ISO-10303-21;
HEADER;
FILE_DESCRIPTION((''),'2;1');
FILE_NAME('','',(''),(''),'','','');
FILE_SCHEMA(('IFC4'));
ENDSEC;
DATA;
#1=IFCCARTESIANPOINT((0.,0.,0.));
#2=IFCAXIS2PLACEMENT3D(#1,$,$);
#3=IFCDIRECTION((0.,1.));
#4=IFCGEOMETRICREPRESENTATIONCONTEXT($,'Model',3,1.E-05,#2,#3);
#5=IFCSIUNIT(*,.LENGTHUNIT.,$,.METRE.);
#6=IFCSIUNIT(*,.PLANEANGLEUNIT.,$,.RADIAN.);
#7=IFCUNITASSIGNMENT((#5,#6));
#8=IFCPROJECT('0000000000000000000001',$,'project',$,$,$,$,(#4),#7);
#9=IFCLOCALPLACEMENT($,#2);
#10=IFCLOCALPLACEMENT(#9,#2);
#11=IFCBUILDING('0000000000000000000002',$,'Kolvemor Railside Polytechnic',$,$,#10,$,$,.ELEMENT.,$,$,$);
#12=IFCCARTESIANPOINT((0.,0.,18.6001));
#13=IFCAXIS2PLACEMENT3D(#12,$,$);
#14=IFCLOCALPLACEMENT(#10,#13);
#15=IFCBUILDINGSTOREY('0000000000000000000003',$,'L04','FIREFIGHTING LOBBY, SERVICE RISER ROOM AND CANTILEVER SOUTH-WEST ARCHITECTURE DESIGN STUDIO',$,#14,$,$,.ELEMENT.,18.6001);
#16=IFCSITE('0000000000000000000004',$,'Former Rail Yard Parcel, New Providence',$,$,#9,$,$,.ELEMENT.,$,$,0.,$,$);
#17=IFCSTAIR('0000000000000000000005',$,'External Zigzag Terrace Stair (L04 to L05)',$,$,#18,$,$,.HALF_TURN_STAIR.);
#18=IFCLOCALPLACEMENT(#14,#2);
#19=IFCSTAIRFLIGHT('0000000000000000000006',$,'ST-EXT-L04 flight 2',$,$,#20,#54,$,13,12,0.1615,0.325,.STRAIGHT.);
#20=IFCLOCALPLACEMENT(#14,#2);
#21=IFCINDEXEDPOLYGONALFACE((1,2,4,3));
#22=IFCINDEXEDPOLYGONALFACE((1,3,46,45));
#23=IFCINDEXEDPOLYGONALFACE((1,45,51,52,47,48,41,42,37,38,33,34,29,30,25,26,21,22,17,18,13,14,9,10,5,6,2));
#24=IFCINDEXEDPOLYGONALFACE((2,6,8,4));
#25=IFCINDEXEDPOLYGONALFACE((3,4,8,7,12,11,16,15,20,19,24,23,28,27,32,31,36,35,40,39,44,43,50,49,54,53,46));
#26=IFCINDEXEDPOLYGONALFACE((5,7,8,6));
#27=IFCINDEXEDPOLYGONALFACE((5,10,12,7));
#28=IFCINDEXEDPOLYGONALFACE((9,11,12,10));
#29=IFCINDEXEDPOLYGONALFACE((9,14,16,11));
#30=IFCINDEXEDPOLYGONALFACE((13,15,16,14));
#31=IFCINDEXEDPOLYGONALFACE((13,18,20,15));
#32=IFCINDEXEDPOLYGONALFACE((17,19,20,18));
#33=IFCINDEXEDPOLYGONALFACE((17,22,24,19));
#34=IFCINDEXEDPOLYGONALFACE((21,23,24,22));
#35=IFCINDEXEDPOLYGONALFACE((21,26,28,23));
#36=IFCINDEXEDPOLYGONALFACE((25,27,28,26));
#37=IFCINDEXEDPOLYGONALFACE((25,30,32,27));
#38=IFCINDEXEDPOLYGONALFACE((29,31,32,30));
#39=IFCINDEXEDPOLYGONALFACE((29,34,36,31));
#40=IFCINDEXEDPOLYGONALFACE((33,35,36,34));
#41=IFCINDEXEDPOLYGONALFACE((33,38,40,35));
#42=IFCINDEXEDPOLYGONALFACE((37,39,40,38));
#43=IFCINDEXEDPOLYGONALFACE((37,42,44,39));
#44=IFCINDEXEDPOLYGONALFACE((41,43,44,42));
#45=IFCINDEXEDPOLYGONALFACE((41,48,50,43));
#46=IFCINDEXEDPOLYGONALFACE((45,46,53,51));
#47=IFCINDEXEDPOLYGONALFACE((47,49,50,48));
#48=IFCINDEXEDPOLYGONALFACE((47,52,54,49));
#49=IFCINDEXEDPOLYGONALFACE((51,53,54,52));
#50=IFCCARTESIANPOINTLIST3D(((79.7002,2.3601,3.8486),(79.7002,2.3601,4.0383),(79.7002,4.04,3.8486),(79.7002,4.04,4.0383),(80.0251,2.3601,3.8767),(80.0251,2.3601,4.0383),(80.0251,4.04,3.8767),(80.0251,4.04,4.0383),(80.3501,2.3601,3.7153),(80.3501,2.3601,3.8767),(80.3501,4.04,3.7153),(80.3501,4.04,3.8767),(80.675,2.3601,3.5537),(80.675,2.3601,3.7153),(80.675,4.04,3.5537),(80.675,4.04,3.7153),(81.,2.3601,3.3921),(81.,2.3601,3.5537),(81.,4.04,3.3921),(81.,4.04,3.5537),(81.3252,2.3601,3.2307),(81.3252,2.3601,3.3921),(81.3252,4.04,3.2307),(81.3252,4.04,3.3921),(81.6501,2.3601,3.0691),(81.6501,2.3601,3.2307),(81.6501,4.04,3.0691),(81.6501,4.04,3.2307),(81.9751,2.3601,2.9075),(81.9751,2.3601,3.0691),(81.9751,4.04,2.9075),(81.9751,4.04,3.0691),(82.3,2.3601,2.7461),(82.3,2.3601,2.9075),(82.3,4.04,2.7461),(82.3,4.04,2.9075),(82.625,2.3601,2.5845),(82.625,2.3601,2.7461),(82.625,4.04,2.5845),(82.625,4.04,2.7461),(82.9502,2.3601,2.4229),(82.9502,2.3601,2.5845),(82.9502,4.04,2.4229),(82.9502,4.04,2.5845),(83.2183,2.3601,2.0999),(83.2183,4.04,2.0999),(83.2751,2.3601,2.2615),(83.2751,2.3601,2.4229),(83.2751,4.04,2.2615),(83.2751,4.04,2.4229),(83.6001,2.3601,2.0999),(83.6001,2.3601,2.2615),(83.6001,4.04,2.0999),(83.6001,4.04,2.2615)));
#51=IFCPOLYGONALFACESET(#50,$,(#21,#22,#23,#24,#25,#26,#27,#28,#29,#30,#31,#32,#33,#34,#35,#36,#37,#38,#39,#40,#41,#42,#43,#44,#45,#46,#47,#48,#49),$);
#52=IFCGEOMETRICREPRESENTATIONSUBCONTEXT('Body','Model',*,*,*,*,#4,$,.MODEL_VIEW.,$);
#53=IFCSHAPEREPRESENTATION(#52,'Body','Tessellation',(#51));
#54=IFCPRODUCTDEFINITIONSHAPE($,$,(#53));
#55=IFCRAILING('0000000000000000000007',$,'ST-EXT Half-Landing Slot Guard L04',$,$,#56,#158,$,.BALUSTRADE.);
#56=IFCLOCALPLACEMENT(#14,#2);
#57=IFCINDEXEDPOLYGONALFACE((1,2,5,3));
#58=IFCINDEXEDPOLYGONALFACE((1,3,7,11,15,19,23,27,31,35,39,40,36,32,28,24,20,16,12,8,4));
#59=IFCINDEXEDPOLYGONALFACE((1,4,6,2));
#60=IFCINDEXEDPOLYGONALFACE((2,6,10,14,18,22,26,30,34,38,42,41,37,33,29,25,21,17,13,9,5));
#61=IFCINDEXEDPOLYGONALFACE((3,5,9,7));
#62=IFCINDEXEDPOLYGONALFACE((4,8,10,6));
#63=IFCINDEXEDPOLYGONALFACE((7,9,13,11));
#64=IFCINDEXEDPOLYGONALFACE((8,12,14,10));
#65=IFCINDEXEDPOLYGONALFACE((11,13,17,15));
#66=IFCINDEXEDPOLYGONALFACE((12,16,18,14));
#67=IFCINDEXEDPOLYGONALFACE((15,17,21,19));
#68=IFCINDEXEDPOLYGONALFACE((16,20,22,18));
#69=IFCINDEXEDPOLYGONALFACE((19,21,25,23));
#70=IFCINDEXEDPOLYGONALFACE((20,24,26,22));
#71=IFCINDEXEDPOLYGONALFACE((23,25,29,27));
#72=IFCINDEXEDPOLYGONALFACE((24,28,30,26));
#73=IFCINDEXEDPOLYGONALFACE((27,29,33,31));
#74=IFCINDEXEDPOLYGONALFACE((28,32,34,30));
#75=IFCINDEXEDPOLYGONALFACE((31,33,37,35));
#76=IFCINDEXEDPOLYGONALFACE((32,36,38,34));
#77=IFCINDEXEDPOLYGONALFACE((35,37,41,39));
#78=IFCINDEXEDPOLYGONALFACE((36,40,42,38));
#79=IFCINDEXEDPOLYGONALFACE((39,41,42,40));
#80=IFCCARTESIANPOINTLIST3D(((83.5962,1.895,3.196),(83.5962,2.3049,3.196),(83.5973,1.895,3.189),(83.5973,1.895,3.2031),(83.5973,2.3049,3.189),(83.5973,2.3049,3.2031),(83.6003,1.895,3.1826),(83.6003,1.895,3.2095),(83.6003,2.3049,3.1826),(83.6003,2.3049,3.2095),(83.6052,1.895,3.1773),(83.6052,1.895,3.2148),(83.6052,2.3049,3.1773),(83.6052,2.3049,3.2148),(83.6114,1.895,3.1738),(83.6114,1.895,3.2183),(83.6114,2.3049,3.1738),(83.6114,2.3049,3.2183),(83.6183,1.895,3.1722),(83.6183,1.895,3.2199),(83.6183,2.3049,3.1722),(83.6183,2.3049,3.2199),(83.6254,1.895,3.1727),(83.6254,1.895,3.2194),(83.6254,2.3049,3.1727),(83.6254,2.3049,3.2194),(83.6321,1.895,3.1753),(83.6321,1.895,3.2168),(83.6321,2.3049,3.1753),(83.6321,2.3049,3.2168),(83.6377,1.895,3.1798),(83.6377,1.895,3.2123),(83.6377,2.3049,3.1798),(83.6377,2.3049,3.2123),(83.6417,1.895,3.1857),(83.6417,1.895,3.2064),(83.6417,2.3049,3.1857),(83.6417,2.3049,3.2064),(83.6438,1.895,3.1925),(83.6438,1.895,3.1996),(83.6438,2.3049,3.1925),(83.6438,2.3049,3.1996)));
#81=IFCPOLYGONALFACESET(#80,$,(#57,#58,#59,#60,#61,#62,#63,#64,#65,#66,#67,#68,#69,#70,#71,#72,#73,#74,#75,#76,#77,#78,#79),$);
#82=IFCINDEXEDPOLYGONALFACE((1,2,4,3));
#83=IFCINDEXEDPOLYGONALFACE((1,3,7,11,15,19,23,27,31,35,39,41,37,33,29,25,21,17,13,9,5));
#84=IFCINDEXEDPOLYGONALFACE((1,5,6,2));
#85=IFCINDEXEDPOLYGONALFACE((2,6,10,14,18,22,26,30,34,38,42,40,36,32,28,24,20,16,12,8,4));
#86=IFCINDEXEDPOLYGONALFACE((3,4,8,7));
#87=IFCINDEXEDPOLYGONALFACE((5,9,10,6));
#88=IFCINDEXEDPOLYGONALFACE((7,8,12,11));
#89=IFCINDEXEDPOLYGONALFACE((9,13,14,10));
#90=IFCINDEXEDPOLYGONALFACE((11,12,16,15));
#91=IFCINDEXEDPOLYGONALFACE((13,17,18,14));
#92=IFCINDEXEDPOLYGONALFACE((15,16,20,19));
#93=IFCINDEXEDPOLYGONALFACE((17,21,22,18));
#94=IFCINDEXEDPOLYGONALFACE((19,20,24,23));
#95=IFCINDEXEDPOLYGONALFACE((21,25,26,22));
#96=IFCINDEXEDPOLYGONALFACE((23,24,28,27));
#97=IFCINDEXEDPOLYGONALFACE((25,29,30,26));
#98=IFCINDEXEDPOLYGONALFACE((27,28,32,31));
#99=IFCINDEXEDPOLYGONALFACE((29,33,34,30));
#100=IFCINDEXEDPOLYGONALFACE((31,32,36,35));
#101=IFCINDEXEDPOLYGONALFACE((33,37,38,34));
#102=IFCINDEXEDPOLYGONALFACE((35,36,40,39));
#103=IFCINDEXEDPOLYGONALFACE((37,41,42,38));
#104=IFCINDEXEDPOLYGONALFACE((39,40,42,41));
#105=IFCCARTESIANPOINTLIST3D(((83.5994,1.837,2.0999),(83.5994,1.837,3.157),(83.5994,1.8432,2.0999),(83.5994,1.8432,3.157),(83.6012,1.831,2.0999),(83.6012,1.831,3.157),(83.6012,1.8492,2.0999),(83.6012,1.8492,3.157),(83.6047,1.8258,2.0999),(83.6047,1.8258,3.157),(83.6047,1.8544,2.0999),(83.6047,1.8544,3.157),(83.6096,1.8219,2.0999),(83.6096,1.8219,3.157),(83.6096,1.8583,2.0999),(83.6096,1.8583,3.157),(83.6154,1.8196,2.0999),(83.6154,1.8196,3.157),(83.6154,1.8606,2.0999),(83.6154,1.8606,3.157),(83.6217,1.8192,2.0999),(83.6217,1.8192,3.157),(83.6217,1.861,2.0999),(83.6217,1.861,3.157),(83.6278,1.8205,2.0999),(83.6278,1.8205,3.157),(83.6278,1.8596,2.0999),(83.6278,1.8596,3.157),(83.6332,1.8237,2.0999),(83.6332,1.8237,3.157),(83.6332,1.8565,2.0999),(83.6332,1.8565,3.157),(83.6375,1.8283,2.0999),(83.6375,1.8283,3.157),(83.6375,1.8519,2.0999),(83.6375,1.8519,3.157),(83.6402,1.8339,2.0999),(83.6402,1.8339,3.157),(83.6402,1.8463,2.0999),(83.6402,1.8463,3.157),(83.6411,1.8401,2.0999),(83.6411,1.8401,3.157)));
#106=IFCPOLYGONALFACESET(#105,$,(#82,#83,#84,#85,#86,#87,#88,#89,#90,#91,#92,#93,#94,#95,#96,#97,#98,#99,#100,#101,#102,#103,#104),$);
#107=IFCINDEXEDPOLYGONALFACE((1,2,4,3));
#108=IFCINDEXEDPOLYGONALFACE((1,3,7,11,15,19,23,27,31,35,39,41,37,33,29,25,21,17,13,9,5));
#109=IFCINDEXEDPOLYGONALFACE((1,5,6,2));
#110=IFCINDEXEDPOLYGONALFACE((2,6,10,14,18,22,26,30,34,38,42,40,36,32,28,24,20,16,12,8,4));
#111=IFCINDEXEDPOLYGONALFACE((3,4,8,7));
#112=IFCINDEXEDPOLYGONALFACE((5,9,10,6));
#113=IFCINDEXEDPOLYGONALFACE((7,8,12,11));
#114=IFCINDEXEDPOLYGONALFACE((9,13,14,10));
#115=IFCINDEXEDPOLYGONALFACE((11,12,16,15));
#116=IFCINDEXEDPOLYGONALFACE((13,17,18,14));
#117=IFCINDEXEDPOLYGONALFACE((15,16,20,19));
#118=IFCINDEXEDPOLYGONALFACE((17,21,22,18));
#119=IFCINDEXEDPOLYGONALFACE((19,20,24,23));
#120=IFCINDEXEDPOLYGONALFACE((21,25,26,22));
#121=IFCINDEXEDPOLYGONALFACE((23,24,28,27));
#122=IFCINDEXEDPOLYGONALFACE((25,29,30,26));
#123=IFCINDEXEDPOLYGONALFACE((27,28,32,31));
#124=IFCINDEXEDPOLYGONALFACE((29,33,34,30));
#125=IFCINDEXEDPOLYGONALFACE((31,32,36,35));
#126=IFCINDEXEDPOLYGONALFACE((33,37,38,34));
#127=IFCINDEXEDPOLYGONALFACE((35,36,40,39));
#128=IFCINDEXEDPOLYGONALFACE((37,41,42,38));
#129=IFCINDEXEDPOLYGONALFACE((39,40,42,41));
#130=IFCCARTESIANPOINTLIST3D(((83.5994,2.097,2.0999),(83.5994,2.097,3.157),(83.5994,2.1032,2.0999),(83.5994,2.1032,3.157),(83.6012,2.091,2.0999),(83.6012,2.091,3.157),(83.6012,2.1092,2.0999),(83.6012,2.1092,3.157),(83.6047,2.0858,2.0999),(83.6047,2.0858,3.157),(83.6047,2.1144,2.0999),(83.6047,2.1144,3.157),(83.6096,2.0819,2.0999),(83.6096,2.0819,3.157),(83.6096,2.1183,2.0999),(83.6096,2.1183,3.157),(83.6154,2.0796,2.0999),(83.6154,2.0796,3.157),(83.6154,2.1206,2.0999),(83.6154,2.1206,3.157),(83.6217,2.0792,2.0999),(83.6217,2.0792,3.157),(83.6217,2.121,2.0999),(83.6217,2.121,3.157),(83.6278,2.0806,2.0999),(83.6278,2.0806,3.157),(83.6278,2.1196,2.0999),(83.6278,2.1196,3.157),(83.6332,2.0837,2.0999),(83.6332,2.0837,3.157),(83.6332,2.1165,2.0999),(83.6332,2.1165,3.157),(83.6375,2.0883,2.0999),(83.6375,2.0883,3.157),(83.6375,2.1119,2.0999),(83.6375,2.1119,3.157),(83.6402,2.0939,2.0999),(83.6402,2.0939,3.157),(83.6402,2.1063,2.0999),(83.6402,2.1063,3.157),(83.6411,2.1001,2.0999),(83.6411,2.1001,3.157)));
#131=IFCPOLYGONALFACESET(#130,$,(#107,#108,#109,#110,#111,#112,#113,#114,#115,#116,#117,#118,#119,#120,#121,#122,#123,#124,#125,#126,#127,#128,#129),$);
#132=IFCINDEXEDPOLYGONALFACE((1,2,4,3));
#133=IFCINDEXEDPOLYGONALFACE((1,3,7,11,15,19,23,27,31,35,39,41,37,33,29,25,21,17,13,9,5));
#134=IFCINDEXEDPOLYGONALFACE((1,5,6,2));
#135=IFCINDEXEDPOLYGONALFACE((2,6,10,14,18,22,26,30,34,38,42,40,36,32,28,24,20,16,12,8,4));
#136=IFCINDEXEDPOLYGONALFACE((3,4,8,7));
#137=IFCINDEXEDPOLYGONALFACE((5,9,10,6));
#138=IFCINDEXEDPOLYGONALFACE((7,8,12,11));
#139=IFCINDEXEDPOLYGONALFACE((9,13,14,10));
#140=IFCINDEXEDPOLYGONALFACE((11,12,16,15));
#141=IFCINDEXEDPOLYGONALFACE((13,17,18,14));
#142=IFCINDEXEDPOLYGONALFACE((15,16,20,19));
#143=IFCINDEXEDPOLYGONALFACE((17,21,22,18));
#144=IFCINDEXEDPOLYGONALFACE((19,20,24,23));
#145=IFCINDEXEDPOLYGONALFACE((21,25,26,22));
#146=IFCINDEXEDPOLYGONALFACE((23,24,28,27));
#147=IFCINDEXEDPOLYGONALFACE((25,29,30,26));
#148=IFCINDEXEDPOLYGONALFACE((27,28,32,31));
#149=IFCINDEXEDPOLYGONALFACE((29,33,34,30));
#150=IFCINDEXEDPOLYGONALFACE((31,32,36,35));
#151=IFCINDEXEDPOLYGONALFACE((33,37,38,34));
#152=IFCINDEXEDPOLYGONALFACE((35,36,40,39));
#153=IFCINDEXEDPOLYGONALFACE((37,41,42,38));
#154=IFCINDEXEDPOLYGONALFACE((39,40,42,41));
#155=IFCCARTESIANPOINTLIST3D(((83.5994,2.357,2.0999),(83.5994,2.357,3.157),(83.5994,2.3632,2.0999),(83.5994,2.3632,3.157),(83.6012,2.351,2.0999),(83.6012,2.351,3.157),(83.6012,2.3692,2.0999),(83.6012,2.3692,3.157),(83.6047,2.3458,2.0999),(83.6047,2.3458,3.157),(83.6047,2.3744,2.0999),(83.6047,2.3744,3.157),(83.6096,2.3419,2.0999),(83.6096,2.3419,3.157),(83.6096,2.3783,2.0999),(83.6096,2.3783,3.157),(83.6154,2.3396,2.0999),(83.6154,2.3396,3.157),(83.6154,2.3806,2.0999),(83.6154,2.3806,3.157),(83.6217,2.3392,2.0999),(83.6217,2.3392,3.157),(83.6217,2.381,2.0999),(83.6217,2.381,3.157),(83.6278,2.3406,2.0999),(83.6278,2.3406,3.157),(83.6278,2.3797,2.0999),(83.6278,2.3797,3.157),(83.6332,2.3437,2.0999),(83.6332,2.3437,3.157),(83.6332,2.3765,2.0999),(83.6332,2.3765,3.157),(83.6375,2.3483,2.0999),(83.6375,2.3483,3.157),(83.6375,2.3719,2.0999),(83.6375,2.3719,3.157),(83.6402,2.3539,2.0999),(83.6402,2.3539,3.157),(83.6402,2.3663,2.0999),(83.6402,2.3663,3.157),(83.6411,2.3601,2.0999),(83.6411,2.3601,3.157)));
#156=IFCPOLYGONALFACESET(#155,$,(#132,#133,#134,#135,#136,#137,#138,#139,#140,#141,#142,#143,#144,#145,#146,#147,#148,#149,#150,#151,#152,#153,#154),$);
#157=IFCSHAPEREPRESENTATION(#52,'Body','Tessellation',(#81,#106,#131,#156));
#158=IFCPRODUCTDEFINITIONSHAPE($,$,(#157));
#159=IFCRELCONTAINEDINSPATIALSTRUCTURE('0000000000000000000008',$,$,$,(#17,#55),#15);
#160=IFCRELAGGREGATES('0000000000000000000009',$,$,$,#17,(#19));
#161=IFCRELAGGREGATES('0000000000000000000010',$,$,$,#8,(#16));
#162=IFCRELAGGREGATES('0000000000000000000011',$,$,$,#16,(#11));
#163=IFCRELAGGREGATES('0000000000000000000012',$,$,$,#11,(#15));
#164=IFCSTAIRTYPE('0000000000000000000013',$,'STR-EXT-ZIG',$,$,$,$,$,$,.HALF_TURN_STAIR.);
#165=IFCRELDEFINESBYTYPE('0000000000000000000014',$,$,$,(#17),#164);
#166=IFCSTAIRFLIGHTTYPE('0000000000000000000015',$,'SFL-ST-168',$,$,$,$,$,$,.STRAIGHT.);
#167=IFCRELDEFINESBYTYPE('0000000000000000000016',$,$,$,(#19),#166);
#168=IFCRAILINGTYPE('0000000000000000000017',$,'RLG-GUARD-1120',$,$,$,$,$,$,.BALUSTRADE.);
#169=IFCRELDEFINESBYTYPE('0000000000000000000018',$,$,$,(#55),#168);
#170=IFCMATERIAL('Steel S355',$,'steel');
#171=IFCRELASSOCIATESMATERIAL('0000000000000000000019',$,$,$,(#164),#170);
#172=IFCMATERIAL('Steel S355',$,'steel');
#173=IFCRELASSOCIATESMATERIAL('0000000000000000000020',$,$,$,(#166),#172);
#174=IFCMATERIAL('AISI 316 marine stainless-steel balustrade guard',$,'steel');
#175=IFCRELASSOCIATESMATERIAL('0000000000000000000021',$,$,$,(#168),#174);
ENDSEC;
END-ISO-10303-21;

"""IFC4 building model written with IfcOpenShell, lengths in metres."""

from ifc_helpers import new_model, si_unit, direction, frame, origin, origin_2d, place, context, subcontext, project, spatial, polyline, circle, outline, extrude, material, type_object, element, aggregate, save


model = new_model("IFC4")

# Units and contexts
model_context = context("Model", 3, precision=1e-05, world=origin(), true_north=direction((0.0, 1.0)))
body_context = subcontext(model_context, "Body", "Model", "MODEL_VIEW")
ifc_project = project(units=[si_unit("LENGTHUNIT", "METRE"), si_unit("PLANEANGLEUNIT", "RADIAN")], contexts=[model_context])

# Site, building, storey
site_placement = place(None, origin())
site = spatial("IfcSite", under=ifc_project, at=site_placement, Name="Former Rail Yard Parcel, New Providence", CompositionType="ELEMENT", RefElevation=0.0)
building_placement = place(site_placement, origin())
building = spatial("IfcBuilding", under=site, at=building_placement, Name="Kolvemor Railside Polytechnic", CompositionType="ELEMENT")
storey_placement = place(building_placement, frame((0.0, 0.0, 18.6001)))
storey = spatial("IfcBuildingStorey", under=building, at=storey_placement, Name="L04", Description="FIREFIGHTING LOBBY, SERVICE RISER ROOM AND CANTILEVER SOUTH-WEST ARCHITECTURE DESIGN STUDIO", CompositionType="ELEMENT", Elevation=18.6001)

# Stair, stair flight
ifc_material_1 = material(Name="Steel S355", Category="steel")
stair_type = type_object("IfcStairType", Name="STR-EXT-ZIG", PredefinedType="HALF_TURN_STAIR", material=ifc_material_1)
stair_placement = place(storey_placement, origin())
stair = element("IfcStair", 1, at=stair_placement, inside=storey, type_object=stair_type, Name="External Zigzag Terrace Stair (L04 to L05)", PredefinedType="HALF_TURN_STAIR")
ifc_material_2 = material(Name="Steel S355", Category="steel")
stair_flight_type = type_object("IfcStairFlightType", Name="SFL-ST-168", PredefinedType="STRAIGHT", material=ifc_material_2)
stair_flight_placement = place(storey_placement, frame((83.6001, 3.2, 2.0999), z_axis=(0.0, 0.0, 1.0), x_axis=(-1.0, 0.0, 0.0)))
stair_flight = element("IfcStairFlight", 2, at=stair_flight_placement, type_object=stair_flight_type, Name="ST-EXT-L04 flight 2", NumberOfRisers=13, NumberOfTreads=12, PredefinedType="STRAIGHT", RiserHeight=0.1615, TreadLength=0.325, context=body_context, shape_type="SweptSolid", body=[
    extrude(outline(polyline([(0.0, 0.0), (0.0, 0.1616), (0.325, 0.1616), (0.325, 0.323), (0.6499, 0.323), (0.6499, 0.4846), (0.9751, 0.4846), (0.9751, 0.6462), (1.3, 0.6462), (1.3, 0.8076), (1.625, 0.8076), (1.625, 0.9692), (1.95, 0.9692), (1.95, 1.1309), (2.2749, 1.1309), (2.2749, 1.2922), (2.6001, 1.2922), (2.6001, 1.4539), (2.925, 1.4539), (2.925, 1.6155), (3.25, 1.6155), (3.25, 1.7769), (3.575, 1.7769), (3.575, 1.9385), (3.8999, 1.9385), (3.8999, 2.1001), (3.8999, 1.7488), (0.3818, 0.0), (0.0, 0.0)])), frame((0.0, 0.8398, 0.0), z_axis=(0.0, -1.0, 0.0), x_axis=(1.0, 0.0, 0.0)), (0.0, 0.0, 1.0), 1.6799),
])
aggregate(stair, [stair_flight])

# Railing
ifc_material_3 = material(Name="AISI 316 marine stainless-steel balustrade guard", Category="steel")
railing_type_1 = type_object("IfcRailingType", Name="RLG-GUARD-1120", PredefinedType="BALUSTRADE", material=ifc_material_3)
railing_1_placement = place(storey_placement, frame((83.6201, 1.8401, 2.0999)))
element("IfcRailing", 3, at=railing_1_placement, inside=storey, type_object=railing_type_1, Name="ST-EXT Half-Landing Slot Guard L04", PredefinedType="BALUSTRADE", context=body_context, shape_type="SweptSolid", body=[
    extrude(circle(Radius=0.0239, at=origin_2d()), frame((0.0, 0.0549, 1.0962), z_axis=(0.0, 1.0, 0.0), x_axis=(-1.0, 0.0, 0.0)), (0.0, 0.0, 1.0), 0.4099),
    extrude(circle(Radius=0.021, at=origin_2d()), origin(), (0.0, 0.0, 1.0), 1.0571),
    extrude(circle(Radius=0.021, at=origin_2d()), frame((0.0, 0.26, 0.0)), (0.0, 0.0, 1.0), 1.0571),
    extrude(circle(Radius=0.021, at=origin_2d()), frame((0.0, 0.52, 0.0)), (0.0, 0.0, 1.0), 1.0571),
])

save(model, "model.ifc")
